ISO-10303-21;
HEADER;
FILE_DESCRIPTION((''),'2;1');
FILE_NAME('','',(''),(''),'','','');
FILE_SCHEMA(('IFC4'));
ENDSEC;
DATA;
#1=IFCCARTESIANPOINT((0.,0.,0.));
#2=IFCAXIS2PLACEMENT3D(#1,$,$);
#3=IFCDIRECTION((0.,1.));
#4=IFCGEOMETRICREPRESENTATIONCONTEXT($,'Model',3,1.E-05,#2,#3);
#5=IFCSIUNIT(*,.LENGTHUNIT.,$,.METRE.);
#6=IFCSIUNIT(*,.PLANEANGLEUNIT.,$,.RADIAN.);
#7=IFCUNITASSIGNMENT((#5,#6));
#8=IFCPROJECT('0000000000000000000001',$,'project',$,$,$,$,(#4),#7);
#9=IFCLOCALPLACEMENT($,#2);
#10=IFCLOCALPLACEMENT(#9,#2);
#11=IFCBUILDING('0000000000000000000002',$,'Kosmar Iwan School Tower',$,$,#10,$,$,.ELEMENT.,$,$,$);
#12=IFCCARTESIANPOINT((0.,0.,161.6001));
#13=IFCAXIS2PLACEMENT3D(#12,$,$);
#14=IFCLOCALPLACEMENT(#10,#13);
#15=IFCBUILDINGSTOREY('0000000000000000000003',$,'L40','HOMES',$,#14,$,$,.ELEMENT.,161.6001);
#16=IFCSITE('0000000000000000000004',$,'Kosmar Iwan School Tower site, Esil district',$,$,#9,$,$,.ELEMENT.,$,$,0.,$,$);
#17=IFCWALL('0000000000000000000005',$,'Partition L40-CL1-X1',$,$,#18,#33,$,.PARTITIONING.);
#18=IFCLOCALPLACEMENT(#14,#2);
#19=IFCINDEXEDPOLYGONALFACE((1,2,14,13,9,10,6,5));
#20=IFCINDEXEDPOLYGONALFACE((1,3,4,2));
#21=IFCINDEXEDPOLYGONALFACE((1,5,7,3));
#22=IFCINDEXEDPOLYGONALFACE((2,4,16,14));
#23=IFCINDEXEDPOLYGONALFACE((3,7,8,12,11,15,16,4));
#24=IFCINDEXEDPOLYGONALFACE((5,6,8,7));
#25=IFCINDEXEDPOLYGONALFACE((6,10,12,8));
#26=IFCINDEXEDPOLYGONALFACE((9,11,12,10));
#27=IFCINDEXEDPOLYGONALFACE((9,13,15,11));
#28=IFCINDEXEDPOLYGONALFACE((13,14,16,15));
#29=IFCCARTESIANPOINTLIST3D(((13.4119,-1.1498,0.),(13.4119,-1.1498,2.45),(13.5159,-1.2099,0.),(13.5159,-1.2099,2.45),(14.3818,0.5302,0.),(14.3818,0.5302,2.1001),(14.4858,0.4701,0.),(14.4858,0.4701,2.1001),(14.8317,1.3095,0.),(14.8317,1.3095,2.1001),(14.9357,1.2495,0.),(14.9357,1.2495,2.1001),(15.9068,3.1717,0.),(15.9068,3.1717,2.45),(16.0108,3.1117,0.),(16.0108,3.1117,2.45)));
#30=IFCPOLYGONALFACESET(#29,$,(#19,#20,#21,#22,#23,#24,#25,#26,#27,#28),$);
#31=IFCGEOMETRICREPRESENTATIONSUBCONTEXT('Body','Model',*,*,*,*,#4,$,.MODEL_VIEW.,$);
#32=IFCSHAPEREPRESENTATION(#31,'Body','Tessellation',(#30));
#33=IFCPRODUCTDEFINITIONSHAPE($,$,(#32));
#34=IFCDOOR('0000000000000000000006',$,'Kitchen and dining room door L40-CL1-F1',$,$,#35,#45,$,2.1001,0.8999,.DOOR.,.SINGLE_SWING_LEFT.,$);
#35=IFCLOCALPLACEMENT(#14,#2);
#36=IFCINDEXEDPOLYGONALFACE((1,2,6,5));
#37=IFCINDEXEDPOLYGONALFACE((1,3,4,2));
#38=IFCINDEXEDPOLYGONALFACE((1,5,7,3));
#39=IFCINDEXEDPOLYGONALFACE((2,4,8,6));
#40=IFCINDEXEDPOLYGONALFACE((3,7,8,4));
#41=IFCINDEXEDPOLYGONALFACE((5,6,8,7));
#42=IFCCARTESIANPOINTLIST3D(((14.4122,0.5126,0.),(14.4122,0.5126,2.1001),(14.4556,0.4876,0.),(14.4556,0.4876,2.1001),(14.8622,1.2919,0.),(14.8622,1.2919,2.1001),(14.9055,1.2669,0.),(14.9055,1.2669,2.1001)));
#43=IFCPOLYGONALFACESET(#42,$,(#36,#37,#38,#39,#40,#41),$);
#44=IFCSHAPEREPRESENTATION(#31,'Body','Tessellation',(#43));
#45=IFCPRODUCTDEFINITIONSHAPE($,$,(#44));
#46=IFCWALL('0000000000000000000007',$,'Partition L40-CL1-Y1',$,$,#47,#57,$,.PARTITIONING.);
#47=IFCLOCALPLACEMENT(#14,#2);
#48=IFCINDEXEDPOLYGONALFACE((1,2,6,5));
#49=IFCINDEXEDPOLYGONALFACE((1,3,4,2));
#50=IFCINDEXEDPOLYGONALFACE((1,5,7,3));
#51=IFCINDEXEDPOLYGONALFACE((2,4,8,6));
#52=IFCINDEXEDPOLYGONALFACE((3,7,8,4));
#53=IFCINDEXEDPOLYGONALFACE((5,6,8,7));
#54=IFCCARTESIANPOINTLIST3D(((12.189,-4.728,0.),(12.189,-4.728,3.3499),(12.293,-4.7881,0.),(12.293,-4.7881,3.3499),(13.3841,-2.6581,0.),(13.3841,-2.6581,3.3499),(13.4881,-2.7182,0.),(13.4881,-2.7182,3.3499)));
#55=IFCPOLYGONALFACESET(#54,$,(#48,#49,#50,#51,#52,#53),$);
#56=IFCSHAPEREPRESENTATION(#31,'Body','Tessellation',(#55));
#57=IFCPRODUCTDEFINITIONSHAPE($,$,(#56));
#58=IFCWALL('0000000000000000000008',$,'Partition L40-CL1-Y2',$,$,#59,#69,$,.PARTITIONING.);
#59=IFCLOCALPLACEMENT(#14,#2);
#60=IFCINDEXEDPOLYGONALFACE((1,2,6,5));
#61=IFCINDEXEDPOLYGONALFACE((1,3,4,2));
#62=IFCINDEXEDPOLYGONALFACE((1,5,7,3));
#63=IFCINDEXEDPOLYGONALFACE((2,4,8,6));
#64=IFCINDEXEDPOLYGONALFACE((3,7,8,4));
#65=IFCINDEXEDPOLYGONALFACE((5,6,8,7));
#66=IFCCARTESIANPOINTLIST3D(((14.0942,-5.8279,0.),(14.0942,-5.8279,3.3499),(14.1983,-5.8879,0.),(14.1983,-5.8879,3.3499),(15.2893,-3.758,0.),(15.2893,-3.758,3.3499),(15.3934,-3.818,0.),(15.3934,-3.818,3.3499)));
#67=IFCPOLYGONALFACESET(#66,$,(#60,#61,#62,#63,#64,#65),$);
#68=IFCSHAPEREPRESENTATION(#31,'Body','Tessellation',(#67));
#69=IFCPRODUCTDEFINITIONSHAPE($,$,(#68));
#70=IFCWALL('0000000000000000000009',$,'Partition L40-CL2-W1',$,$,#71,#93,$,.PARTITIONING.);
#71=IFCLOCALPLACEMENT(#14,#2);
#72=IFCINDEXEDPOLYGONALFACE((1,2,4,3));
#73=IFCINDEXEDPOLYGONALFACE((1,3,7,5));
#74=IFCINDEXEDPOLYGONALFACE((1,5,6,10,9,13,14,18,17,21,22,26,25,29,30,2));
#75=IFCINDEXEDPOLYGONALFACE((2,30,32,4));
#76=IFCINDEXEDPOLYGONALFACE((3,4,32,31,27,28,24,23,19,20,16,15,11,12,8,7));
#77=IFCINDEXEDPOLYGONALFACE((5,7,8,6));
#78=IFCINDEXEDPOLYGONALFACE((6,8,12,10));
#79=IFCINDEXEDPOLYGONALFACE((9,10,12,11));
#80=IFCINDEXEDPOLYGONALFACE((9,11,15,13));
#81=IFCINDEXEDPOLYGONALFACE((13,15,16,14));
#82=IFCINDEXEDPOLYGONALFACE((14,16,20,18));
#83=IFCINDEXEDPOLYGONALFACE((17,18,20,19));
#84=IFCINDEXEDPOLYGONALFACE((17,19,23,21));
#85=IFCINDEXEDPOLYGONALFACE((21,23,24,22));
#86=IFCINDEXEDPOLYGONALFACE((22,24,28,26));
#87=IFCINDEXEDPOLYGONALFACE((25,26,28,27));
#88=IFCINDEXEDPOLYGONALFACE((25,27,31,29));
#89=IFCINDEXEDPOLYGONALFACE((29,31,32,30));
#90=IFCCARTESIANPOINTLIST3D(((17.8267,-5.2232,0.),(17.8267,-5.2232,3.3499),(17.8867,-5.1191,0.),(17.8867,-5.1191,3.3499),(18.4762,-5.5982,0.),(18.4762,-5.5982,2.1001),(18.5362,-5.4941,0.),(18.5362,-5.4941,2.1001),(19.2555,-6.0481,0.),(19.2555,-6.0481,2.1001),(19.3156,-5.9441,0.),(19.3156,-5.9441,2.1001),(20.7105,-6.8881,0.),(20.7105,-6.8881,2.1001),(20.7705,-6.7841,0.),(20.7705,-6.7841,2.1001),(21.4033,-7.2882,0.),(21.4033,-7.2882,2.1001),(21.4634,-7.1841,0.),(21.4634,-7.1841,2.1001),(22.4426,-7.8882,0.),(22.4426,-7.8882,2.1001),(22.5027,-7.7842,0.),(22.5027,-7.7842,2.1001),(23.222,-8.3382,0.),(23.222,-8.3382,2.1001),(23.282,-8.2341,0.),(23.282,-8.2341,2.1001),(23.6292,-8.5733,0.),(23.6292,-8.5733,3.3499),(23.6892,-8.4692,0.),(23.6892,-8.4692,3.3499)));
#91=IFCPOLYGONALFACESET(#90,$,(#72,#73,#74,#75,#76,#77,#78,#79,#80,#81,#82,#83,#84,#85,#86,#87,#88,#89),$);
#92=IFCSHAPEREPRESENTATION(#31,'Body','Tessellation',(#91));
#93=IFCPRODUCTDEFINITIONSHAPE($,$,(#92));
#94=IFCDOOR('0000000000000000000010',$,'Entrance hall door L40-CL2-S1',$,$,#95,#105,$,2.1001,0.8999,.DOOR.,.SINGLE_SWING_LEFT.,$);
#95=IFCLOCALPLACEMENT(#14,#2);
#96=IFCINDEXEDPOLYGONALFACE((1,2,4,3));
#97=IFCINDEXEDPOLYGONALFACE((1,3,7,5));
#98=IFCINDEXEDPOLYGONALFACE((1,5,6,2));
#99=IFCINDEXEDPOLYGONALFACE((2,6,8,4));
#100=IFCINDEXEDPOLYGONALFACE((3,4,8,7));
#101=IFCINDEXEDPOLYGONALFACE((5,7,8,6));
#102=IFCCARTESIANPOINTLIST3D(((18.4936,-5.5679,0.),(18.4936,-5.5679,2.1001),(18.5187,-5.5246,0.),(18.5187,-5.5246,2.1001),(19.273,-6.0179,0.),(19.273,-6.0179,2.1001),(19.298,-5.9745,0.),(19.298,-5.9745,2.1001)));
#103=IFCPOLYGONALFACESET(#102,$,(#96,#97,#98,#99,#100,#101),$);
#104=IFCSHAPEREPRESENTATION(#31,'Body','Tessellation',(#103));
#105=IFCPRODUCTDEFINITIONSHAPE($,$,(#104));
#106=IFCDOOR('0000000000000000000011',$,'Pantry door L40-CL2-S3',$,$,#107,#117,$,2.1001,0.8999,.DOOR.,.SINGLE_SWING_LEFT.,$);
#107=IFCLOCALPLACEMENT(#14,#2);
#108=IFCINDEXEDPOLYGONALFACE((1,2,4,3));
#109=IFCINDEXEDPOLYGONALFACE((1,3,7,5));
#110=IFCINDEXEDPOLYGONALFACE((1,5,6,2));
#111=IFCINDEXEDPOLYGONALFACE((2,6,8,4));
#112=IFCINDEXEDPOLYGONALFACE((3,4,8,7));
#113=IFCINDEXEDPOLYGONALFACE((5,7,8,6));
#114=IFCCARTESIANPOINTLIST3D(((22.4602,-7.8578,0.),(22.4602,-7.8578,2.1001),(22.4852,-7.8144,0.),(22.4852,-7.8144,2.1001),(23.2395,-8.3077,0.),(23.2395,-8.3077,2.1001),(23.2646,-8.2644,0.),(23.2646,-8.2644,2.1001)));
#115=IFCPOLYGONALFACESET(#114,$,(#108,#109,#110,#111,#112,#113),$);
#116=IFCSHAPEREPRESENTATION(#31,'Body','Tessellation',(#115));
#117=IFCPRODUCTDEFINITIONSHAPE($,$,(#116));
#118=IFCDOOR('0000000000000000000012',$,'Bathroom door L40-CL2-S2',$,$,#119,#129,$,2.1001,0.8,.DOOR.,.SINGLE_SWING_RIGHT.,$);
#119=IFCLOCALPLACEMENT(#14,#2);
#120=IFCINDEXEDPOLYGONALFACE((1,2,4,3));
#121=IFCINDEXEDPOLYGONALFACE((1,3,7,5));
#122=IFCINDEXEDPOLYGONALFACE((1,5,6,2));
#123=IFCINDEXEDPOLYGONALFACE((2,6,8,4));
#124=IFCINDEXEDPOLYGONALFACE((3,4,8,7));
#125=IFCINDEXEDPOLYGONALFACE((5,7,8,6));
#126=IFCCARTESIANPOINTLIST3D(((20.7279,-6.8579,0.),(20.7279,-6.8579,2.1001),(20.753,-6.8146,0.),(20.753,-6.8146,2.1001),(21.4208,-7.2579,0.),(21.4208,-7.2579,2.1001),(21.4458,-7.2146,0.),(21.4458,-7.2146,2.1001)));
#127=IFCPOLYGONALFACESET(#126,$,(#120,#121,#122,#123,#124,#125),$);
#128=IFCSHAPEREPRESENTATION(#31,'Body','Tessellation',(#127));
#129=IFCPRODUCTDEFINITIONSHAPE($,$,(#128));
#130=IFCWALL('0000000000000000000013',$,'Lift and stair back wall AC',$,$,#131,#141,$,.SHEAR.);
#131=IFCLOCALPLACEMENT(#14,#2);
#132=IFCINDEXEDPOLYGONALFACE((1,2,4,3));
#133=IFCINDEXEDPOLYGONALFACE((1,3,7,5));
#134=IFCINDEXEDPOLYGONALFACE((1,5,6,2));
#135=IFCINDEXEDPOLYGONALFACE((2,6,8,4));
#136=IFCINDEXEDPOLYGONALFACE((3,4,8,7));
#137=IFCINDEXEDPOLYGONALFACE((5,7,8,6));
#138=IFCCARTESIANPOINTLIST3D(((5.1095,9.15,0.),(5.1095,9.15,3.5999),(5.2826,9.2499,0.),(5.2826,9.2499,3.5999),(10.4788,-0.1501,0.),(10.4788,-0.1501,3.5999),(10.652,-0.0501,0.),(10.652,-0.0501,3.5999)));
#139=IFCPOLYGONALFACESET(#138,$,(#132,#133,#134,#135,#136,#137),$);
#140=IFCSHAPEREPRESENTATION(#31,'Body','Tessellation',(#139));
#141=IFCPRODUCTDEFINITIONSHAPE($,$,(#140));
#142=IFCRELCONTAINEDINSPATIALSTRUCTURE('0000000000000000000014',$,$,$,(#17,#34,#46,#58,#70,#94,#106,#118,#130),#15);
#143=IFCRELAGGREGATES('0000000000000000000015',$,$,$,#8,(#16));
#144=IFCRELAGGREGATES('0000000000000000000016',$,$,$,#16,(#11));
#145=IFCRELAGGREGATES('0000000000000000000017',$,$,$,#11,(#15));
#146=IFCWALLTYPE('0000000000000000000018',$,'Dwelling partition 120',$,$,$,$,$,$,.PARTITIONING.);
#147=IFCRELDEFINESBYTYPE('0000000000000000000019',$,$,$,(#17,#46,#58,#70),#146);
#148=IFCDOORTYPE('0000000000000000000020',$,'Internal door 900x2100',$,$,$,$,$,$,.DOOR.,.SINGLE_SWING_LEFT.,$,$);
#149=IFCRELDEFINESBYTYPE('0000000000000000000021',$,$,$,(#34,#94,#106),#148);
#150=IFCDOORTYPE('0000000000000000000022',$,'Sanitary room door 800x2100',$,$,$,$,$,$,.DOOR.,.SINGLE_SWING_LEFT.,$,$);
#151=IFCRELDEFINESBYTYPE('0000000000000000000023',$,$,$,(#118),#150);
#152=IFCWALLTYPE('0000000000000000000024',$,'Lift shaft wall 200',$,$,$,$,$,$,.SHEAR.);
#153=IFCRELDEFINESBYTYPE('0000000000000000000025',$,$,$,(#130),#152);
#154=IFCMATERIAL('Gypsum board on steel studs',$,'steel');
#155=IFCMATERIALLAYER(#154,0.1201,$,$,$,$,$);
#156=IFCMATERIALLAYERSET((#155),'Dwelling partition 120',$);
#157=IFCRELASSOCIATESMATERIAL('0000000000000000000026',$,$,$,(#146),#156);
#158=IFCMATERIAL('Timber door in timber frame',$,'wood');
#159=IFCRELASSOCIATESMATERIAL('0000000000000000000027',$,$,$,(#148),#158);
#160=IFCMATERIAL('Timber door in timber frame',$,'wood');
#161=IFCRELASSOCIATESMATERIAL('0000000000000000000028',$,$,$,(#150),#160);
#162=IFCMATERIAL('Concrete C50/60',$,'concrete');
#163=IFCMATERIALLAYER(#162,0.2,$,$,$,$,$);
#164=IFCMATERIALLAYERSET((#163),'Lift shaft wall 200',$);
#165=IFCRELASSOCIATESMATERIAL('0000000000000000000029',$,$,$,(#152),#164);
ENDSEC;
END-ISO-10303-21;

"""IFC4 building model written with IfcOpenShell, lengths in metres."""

from ifc_helpers import new_model, si_unit, direction, frame, frame_2d, origin, place, context, subcontext, project, spatial, rectangle, extrude, material, layer, layer_set, type_object, element, fill, save


model = new_model("IFC4")

# Units and contexts
model_context = context("Model", 3, precision=1e-05, world=origin(), true_north=direction((0.0, 1.0)))
body_context = subcontext(model_context, "Body", "Model", "MODEL_VIEW")
ifc_project = project(units=[si_unit("LENGTHUNIT", "METRE"), si_unit("PLANEANGLEUNIT", "RADIAN")], contexts=[model_context])

# Site, building, storey
site_placement = place(None, origin())
site = spatial("IfcSite", under=ifc_project, at=site_placement, Name="Kosmar Iwan School Tower site, Esil district", CompositionType="ELEMENT", RefElevation=0.0)
building_placement = place(site_placement, origin())
building = spatial("IfcBuilding", under=site, at=building_placement, Name="Kosmar Iwan School Tower", CompositionType="ELEMENT")
storey_placement = place(building_placement, frame((0.0, 0.0, 161.6001)))
storey = spatial("IfcBuildingStorey", under=building, at=storey_placement, Name="L40", Description="HOMES", CompositionType="ELEMENT", Elevation=161.6001)

# Shared definitions
ifc_material_1 = material(Name="Gypsum board on steel studs", Category="steel")
ifc_layer_1 = layer(ifc_material_1, 0.1201)
ifc_layer_set_1 = layer_set([ifc_layer_1], Name="Dwelling partition 120")
wall_type_1 = type_object("IfcWallType", Name="Dwelling partition 120", PredefinedType="PARTITIONING", material=ifc_layer_set_1)
ifc_material_2 = material(Name="Timber door in timber frame", Category="wood")
door_type_1 = type_object("IfcDoorType", Name="Internal door 900x2100", OperationType="SINGLE_SWING_LEFT", PredefinedType="DOOR", material=ifc_material_2)
ifc_material_3 = material(Name="Timber door in timber frame", Category="wood")
door_type_2 = type_object("IfcDoorType", Name="Sanitary room door 800x2100", OperationType="SINGLE_SWING_LEFT", PredefinedType="DOOR", material=ifc_material_3)

# Wall, opening, door
wall_1_placement = place(storey_placement, frame((13.4639, -1.1799, 0.0), z_axis=(0.0, 0.0, 1.0), x_axis=(0.499975, 0.86604, 0.0)))
wall_1 = element("IfcWall", 1, at=wall_1_placement, inside=storey, type_object=wall_type_1, Name="Partition L40-CL1-X1", PredefinedType="PARTITIONING", context=body_context, shape_type="SweptSolid", body=[
    extrude(rectangle(XDim=4.99, YDim=0.1201, at=frame_2d((2.4951, 0.0))), origin(), (0.0, 0.0, 1.0), 2.45),
])
opening_1_placement = place(wall_1_placement, frame((1.9399, 0.0, 0.0)))
opening_1 = element("IfcOpeningElement", 2, at=opening_1_placement, cuts=wall_1, PredefinedType="OPENING", context=body_context, shape_type="SweptSolid", body=[
    extrude(rectangle(XDim=0.8999, YDim=2.1001, at=frame_2d((0.45, 1.05))), frame((0.0, 0.072, 0.0), z_axis=(0.0, -1.0, 0.0), x_axis=(1.0, 0.0, 0.0)), (0.0, 0.0, 1.0), 0.144),
])
door_1_placement = place(opening_1_placement, origin())
door_1 = element("IfcDoor", 3, at=door_1_placement, inside=storey, type_object=door_type_1, Name="Kitchen and dining room door L40-CL1-F1", OperationType="SINGLE_SWING_LEFT", OverallHeight=2.1001, OverallWidth=0.8999, PredefinedType="DOOR", context=body_context, shape_type="SweptSolid", body=[
    extrude(rectangle(XDim=0.8999, YDim=2.1001, at=frame_2d((0.45, 1.05))), frame((0.0, 0.0249, 0.0), z_axis=(0.0, -1.0, 0.0), x_axis=(1.0, 0.0, 0.0)), (0.0, 0.0, 1.0), 0.05),
])
fill(opening_1, door_1)

# Walls
for number, where, z_axis, x_axis, name in (
    (4, (12.241, -4.7581, 0.0), (0.0, 0.0, 1.0), (0.500017, 0.866015, 0.0), "Partition L40-CL1-Y1"),
    (5, (14.1462, -5.8579, 0.0), (0.0, 0.0, 1.0), (0.500017, 0.866015, 0.0), "Partition L40-CL1-Y2"),
):
    element("IfcWall", number, at=place(storey_placement, frame(where, z_axis=z_axis, x_axis=x_axis)), inside=storey, type_object=wall_type_1, Name=name, PredefinedType="PARTITIONING", context=body_context, shape_type="SweptSolid", body=[
        extrude(rectangle(XDim=2.3901, YDim=0.1201, at=frame_2d((1.1951, 0.0))), origin(), (0.0, 0.0, 1.0), 3.3499),
    ])

# Wall, openings, doors
wall_2_placement = place(storey_placement, frame((17.8567, -5.1711, 0.0), z_axis=(0.0, 0.0, 1.0), x_axis=(0.866024, -0.500003, 0.0)))
wall_2 = element("IfcWall", 6, at=wall_2_placement, inside=storey, type_object=wall_type_1, Name="Partition L40-CL2-W1", PredefinedType="PARTITIONING", context=body_context, shape_type="SweptSolid", body=[
    extrude(rectangle(XDim=6.7002, YDim=0.1201, at=frame_2d((3.3501, 0.0))), origin(), (0.0, 0.0, 1.0), 3.3499),
])
opening_2_placement = place(wall_2_placement, frame((0.75, 0.0, 0.0)))
opening_2 = element("IfcOpeningElement", 7, at=opening_2_placement, cuts=wall_2, PredefinedType="OPENING", context=body_context, shape_type="SweptSolid", body=[
    extrude(rectangle(XDim=0.8999, YDim=2.1001, at=frame_2d((0.45, 1.05))), frame((0.0, 0.072, 0.0), z_axis=(0.0, -1.0, 0.0), x_axis=(1.0, 0.0, 0.0)), (0.0, 0.0, 1.0), 0.144),
])
opening_3_placement = place(wall_2_placement, frame((3.3301, 0.0, 0.0)))
opening_3 = element("IfcOpeningElement", 8, at=opening_3_placement, cuts=wall_2, PredefinedType="OPENING", context=body_context, shape_type="SweptSolid", body=[
    extrude(rectangle(XDim=0.8, YDim=2.1001, at=frame_2d((0.3999, 1.05))), frame((0.0, 0.072, 0.0), z_axis=(0.0, -1.0, 0.0), x_axis=(1.0, 0.0, 0.0)), (0.0, 0.0, 1.0), 0.144),
])
opening_4_placement = place(wall_2_placement, frame((5.3301, 0.0, 0.0)))
opening_4 = element("IfcOpeningElement", 9, at=opening_4_placement, cuts=wall_2, PredefinedType="OPENING", context=body_context, shape_type="SweptSolid", body=[
    extrude(rectangle(XDim=0.8999, YDim=2.1001, at=frame_2d((0.45, 1.05))), frame((0.0, 0.072, 0.0), z_axis=(0.0, -1.0, 0.0), x_axis=(1.0, 0.0, 0.0)), (0.0, 0.0, 1.0), 0.144),
])
door_2_placement = place(opening_2_placement, origin())
door_2 = element("IfcDoor", 10, at=door_2_placement, inside=storey, type_object=door_type_1, Name="Entrance hall door L40-CL2-S1", OperationType="SINGLE_SWING_LEFT", OverallHeight=2.1001, OverallWidth=0.8999, PredefinedType="DOOR", context=body_context, shape_type="SweptSolid", body=[
    extrude(rectangle(XDim=0.8999, YDim=2.1001, at=frame_2d((0.45, 1.05))), frame((0.0, 0.0249, 0.0), z_axis=(0.0, -1.0, 0.0), x_axis=(1.0, 0.0, 0.0)), (0.0, 0.0, 1.0), 0.05),
])
fill(opening_2, door_2)
door_3_placement = place(opening_4_placement, frame((0.8999, 0.0, 0.0), z_axis=(0.0, 0.0, 1.0), x_axis=(-1.0, 0.0, 0.0)))
door_3 = element("IfcDoor", 11, at=door_3_placement, inside=storey, type_object=door_type_1, Name="Pantry door L40-CL2-S3", OperationType="SINGLE_SWING_LEFT", OverallHeight=2.1001, OverallWidth=0.8999, PredefinedType="DOOR", context=body_context, shape_type="SweptSolid", body=[
    extrude(rectangle(XDim=0.8999, YDim=2.1001, at=frame_2d((0.45, 1.05))), frame((0.0, 0.0249, 0.0), z_axis=(0.0, -1.0, 0.0), x_axis=(1.0, 0.0, 0.0)), (0.0, 0.0, 1.0), 0.05),
])
fill(opening_4, door_3)
door_4_placement = place(opening_3_placement, origin())
door_4 = element("IfcDoor", 12, at=door_4_placement, inside=storey, type_object=door_type_2, Name="Bathroom door L40-CL2-S2", OperationType="SINGLE_SWING_RIGHT", OverallHeight=2.1001, OverallWidth=0.8, PredefinedType="DOOR", context=body_context, shape_type="SweptSolid", body=[
    extrude(rectangle(XDim=0.8, YDim=2.1001, at=frame_2d((0.3999, 1.05))), frame((0.0, 0.0249, 0.0), z_axis=(0.0, -1.0, 0.0), x_axis=(1.0, 0.0, 0.0)), (0.0, 0.0, 1.0), 0.05),
])
fill(opening_3, door_4)

# Wall
ifc_material_4 = material(Name="Concrete C50/60", Category="concrete")
ifc_layer_2 = layer(ifc_material_4, 0.2)
ifc_layer_set_2 = layer_set([ifc_layer_2], Name="Lift shaft wall 200")
wall_type_2 = type_object("IfcWallType", Name="Lift shaft wall 200", PredefinedType="SHEAR", material=ifc_layer_set_2)
wall_3_placement = place(storey_placement, frame((10.5654, -0.1001, 0.0), z_axis=(0.0, 0.0, 1.0), x_axis=(-0.5, 0.866025, 0.0)))
element("IfcWall", 13, at=wall_3_placement, inside=storey, type_object=wall_type_2, Name="Lift and stair back wall AC", PredefinedType="SHEAR", context=body_context, shape_type="SweptSolid", body=[
    extrude(rectangle(XDim=10.7388, YDim=0.2, at=frame_2d((5.3694, 0.0))), origin(), (0.0, 0.0, 1.0), 3.5999),
])

save(model, "model.ifc")
